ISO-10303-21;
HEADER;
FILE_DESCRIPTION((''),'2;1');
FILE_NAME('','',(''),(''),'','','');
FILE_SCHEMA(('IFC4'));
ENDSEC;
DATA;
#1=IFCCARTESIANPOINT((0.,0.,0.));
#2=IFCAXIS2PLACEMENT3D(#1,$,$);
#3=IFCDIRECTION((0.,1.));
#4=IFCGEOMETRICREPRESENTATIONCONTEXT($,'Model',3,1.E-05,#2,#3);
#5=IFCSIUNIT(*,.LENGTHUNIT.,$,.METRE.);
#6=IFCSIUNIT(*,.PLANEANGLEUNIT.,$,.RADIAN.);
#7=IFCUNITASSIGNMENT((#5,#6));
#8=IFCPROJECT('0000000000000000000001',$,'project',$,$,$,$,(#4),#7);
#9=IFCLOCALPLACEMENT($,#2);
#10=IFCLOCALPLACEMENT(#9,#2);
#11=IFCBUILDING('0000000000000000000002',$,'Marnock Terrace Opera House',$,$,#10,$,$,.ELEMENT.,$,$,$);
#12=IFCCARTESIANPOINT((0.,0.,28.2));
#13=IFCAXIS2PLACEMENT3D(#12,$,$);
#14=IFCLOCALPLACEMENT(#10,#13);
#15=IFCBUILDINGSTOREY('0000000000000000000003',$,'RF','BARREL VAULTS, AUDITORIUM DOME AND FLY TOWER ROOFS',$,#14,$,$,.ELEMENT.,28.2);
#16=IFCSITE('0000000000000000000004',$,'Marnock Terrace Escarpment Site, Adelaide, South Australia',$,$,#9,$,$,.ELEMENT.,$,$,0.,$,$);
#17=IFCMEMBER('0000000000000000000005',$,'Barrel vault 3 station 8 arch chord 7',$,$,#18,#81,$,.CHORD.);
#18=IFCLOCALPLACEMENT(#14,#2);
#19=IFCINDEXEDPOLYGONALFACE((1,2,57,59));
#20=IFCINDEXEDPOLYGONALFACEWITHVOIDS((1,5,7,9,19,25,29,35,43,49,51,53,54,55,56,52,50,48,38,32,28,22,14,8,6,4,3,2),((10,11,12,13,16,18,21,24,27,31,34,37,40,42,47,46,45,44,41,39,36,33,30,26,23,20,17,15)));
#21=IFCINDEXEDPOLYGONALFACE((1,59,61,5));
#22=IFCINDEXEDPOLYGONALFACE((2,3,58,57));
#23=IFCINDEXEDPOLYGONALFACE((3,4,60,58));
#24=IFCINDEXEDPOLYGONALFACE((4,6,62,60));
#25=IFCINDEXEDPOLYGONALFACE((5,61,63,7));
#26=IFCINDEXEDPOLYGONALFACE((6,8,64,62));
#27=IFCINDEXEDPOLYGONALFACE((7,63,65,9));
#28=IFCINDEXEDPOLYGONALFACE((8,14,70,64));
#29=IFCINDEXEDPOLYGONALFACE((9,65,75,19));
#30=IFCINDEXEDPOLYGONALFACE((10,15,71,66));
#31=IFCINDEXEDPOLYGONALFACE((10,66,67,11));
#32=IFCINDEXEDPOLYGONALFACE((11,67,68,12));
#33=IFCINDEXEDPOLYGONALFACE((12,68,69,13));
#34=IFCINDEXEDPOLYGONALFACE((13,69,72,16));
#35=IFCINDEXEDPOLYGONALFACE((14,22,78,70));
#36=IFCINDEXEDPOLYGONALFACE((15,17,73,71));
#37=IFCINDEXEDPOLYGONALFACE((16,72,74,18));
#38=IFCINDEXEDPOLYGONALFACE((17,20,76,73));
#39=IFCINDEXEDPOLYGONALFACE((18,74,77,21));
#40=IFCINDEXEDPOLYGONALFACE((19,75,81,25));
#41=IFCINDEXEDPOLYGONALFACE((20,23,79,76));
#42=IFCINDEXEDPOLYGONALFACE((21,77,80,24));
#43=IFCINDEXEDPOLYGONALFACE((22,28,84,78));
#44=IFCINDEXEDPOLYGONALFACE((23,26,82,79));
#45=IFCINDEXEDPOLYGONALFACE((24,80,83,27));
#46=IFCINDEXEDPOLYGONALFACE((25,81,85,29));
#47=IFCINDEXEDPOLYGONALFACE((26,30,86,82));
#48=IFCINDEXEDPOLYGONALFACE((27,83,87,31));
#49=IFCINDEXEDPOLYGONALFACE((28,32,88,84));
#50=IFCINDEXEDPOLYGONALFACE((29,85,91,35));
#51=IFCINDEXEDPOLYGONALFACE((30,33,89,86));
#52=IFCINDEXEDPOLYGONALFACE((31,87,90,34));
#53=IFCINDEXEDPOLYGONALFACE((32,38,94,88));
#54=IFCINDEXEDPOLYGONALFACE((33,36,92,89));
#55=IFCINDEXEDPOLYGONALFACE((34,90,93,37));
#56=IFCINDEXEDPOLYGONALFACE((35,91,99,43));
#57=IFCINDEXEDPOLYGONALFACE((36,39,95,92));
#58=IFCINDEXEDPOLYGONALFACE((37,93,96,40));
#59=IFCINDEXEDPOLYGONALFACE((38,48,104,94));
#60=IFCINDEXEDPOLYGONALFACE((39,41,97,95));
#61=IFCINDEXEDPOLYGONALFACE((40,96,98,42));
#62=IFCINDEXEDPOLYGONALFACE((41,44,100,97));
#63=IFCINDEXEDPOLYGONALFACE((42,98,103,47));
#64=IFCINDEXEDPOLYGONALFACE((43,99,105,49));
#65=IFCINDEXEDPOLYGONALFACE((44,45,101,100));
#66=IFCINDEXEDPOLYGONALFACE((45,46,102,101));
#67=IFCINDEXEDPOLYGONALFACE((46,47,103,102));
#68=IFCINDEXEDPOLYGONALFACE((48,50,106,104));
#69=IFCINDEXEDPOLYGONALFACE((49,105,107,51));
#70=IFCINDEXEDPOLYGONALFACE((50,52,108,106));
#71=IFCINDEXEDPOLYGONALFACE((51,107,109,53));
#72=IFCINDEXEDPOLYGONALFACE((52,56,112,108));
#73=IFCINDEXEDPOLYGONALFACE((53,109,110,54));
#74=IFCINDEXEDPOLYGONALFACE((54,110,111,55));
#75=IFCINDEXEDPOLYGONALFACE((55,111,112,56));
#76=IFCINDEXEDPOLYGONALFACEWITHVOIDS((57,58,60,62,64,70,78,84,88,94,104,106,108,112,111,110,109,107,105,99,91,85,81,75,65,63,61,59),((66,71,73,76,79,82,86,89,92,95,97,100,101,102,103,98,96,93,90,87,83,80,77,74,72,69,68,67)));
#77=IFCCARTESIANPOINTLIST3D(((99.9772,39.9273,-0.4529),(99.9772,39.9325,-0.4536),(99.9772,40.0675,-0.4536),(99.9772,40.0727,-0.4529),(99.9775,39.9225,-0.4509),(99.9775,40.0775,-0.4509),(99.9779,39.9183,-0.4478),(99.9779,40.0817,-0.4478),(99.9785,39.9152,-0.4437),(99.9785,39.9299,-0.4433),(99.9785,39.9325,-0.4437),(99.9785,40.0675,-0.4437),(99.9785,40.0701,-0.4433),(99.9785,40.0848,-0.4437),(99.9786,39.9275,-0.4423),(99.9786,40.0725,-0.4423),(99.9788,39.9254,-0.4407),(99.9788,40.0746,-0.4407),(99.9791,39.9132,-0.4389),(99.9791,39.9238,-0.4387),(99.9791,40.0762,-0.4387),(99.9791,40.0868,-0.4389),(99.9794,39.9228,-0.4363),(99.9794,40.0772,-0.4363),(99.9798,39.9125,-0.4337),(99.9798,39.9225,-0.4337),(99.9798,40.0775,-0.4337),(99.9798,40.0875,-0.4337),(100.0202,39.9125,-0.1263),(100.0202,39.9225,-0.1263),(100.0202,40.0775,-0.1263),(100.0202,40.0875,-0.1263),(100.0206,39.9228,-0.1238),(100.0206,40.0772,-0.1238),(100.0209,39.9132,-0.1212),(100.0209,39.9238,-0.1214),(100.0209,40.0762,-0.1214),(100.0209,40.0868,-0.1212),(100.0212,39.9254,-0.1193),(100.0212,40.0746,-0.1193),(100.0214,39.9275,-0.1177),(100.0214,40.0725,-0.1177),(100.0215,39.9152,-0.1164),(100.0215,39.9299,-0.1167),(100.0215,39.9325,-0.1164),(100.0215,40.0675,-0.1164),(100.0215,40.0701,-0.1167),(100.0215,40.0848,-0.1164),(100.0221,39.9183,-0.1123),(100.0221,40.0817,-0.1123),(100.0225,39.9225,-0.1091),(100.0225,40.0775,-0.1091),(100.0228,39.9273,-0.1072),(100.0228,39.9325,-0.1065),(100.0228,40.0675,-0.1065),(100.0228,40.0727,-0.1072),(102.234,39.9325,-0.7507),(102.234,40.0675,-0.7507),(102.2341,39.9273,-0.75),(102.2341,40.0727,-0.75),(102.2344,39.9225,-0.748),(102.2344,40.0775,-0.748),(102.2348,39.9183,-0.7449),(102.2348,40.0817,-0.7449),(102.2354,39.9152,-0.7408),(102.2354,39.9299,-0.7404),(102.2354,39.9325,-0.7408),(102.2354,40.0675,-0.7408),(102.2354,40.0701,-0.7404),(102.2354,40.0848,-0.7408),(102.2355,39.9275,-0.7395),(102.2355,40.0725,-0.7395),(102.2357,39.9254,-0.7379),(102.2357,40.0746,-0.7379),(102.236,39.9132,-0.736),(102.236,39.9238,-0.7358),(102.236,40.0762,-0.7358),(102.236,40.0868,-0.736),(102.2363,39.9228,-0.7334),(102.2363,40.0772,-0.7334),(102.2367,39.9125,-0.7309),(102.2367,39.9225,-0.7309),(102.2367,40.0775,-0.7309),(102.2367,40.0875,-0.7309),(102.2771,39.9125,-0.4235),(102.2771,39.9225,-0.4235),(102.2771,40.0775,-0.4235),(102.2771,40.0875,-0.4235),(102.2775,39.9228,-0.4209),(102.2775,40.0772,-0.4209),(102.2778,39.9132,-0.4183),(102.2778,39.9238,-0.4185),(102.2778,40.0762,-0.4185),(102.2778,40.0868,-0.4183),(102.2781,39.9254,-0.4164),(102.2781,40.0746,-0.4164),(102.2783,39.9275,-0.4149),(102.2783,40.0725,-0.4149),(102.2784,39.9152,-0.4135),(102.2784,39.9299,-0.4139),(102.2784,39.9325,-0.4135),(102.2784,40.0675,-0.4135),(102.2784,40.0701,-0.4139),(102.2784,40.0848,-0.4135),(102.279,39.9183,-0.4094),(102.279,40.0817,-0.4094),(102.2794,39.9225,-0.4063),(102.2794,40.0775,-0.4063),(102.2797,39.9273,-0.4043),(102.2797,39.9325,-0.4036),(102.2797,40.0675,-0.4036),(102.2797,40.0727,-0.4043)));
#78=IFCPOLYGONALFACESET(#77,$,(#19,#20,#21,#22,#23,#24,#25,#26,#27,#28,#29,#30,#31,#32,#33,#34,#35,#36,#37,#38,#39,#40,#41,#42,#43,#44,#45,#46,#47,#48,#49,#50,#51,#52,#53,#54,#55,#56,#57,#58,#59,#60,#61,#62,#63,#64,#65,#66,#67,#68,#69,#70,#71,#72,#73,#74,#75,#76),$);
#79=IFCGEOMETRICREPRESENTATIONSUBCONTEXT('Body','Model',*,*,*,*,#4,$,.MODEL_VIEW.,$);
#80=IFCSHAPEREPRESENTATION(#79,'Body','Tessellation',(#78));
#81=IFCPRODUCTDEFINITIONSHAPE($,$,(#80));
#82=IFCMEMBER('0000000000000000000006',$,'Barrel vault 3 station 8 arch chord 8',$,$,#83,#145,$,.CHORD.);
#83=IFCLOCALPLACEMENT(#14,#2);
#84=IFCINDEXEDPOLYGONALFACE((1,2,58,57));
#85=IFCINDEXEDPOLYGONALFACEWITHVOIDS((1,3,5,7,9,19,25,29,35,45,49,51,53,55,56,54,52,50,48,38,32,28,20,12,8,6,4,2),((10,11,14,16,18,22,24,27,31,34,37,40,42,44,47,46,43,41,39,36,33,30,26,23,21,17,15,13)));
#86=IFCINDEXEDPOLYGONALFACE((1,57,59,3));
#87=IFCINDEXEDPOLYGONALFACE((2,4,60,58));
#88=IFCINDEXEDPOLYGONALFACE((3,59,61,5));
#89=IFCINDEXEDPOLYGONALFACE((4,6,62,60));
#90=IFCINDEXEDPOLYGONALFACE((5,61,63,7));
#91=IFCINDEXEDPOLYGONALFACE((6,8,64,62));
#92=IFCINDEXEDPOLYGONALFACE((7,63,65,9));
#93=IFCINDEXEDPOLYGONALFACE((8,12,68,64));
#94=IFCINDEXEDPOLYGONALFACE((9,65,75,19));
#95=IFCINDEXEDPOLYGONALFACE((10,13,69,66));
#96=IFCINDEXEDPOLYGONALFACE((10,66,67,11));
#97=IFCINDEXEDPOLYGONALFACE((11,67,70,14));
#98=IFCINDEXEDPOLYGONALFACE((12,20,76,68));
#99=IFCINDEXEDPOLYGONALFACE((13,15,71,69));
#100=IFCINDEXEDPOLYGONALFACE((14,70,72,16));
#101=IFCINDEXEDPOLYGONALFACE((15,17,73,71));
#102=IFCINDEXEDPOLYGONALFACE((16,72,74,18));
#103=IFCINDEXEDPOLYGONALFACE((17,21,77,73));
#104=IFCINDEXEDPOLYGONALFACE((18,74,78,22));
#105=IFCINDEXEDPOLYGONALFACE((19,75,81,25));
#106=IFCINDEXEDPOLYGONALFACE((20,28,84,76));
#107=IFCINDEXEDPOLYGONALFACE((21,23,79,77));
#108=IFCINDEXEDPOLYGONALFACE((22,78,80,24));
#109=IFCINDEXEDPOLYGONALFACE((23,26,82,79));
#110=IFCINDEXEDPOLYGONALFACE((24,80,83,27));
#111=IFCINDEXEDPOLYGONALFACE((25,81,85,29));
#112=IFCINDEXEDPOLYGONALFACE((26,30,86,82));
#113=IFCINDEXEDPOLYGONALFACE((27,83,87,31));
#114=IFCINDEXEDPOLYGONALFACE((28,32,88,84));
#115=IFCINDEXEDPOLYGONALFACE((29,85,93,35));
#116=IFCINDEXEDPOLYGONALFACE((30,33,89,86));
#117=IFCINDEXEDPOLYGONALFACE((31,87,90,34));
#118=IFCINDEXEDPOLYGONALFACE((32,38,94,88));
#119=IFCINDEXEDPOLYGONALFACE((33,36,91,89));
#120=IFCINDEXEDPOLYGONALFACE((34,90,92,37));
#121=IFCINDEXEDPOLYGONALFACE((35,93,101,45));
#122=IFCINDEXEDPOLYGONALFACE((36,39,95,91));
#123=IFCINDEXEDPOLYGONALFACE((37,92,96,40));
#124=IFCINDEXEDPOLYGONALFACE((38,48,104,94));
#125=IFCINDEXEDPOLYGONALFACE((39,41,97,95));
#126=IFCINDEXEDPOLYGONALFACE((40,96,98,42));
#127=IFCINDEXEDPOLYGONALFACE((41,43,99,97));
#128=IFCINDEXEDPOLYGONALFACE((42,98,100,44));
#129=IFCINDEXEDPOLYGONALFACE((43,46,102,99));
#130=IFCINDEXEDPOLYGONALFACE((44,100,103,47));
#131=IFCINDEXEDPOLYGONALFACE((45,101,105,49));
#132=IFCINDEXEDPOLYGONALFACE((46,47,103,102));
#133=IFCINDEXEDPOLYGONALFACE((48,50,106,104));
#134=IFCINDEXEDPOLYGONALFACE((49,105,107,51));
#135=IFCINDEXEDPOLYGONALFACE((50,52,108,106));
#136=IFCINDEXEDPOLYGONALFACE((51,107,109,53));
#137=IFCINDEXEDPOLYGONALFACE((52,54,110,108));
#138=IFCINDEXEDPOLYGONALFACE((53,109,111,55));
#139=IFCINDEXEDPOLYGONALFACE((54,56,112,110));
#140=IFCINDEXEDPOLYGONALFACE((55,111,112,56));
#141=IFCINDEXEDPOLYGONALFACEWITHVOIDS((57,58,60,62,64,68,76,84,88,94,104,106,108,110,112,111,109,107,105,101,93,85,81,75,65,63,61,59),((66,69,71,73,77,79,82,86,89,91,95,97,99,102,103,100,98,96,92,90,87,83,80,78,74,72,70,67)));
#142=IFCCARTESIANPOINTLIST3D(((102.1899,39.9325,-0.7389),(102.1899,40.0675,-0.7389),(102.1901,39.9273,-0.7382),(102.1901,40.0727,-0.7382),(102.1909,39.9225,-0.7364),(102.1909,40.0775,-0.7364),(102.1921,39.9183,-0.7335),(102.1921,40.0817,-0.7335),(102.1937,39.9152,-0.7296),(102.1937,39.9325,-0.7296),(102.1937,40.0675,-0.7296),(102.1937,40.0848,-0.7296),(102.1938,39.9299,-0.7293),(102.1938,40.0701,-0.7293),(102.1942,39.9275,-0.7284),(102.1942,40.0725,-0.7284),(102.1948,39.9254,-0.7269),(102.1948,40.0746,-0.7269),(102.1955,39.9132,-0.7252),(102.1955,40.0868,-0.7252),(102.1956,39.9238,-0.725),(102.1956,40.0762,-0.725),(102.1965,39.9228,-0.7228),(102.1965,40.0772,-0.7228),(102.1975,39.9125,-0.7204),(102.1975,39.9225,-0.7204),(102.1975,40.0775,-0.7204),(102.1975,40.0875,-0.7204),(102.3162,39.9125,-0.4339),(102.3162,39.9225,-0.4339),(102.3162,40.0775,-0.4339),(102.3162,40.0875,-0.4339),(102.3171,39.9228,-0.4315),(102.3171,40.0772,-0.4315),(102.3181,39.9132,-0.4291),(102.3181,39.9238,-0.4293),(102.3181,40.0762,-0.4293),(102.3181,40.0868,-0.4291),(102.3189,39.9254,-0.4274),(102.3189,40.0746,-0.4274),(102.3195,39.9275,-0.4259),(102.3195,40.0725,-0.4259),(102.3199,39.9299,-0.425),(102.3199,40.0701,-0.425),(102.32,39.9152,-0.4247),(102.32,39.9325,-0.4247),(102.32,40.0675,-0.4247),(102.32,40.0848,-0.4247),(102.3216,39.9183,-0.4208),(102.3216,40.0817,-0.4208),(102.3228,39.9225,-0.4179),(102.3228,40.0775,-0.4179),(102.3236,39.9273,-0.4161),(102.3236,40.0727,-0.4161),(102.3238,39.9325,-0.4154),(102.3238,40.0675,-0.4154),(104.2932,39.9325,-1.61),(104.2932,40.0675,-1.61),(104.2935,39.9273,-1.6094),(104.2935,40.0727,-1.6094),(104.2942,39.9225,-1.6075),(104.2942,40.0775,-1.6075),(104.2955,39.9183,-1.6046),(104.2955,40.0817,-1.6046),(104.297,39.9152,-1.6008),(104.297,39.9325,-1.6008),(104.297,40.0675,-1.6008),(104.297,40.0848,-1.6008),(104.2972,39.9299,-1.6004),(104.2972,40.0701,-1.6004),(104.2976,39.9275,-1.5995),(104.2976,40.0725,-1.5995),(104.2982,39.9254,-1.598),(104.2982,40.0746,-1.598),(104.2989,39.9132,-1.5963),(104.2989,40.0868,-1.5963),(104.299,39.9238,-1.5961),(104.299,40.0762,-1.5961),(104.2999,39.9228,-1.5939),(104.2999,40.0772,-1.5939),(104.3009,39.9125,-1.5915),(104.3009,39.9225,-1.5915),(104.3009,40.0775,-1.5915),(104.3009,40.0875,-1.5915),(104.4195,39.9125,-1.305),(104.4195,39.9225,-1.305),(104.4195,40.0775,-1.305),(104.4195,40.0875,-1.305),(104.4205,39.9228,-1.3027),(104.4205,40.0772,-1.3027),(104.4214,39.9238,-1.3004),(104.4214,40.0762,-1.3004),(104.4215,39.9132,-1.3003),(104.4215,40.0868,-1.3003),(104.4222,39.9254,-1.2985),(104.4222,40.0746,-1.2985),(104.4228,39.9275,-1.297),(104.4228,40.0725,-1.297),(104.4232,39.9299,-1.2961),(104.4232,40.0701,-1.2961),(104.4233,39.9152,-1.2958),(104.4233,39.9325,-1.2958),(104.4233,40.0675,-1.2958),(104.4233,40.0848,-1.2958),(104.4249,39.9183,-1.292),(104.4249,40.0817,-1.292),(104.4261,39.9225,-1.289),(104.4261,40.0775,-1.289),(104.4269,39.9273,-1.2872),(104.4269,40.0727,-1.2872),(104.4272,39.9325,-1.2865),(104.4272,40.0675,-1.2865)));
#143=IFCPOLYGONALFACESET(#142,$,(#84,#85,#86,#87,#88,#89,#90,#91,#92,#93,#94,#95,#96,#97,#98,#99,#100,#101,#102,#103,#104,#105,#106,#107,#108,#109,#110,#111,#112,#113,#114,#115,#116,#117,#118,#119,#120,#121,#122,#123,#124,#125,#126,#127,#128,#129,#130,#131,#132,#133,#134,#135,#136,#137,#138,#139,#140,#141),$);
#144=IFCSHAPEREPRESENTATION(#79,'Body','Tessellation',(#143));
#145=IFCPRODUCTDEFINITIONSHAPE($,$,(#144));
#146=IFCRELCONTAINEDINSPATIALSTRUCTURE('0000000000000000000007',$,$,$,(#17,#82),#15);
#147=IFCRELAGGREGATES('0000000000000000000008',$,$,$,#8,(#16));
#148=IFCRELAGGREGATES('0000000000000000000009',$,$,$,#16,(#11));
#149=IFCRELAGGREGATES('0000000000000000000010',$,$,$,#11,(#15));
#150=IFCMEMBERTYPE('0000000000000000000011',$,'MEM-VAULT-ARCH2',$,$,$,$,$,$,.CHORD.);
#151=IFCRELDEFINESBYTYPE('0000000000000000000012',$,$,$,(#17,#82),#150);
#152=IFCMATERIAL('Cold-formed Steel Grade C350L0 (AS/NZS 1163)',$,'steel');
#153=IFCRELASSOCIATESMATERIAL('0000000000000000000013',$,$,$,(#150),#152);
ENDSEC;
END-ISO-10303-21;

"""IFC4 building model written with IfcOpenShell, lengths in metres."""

from ifc_helpers import new_model, si_unit, direction, frame, origin, origin_2d, place, context, subcontext, project, spatial, hollow_rectangle, extrude, material, material_profile, profile_set, type_object, element, save


model = new_model("IFC4")

# Units and contexts
model_context = context("Model", 3, precision=1e-05, world=origin(), true_north=direction((0.0, 1.0)))
body_context = subcontext(model_context, "Body", "Model", "MODEL_VIEW")
ifc_project = project(units=[si_unit("LENGTHUNIT", "METRE"), si_unit("PLANEANGLEUNIT", "RADIAN")], contexts=[model_context])

# Site, building, storey
site_placement = place(None, origin())
site = spatial("IfcSite", under=ifc_project, at=site_placement, Name="Marnock Terrace Escarpment Site, Adelaide, South Australia", CompositionType="ELEMENT", RefElevation=0.0)
building_placement = place(site_placement, origin())
building = spatial("IfcBuilding", under=site, at=building_placement, Name="Marnock Terrace Opera House", CompositionType="ELEMENT")
storey_placement = place(building_placement, frame((0.0, 0.0, 28.2)))
storey = spatial("IfcBuildingStorey", under=building, at=storey_placement, Name="RF", Description="BARREL VAULTS, AUDITORIUM DOME AND FLY TOWER ROOFS", CompositionType="ELEMENT", Elevation=28.2)

# Members
ifc_material_1 = material(Name="Cold-formed Steel Grade C350L0 (AS/NZS 1163)", Category="steel")
ifc_material_profile_1 = material_profile(ifc_material_1, hollow_rectangle(XDim=0.175, YDim=0.3501, WallThickness=0.01, InnerFilletRadius=0.01, OuterFilletRadius=0.02, at=origin_2d()))
ifc_profile_set_1 = profile_set([ifc_material_profile_1], Name="Cold-formed Steel Grade C350L0 (AS/NZS 1163)")
member_type_1 = type_object("IfcMemberType", Name="MEM-VAULT-ARCH2", PredefinedType="CHORD", material=ifc_profile_set_1)
for number, where, z_axis, x_axis, name in (
    (1, (100.0, 40.0, -0.28), (0.991445, 0.0, -0.130527), (0.0, 1.0, 0.0), "Barrel vault 3 station 8 arch chord 7"),
):
    element("IfcMember", number, at=place(storey_placement, frame(where, z_axis=z_axis, x_axis=x_axis)), inside=storey, type_object=member_type_1, Name=name, PredefinedType="CHORD", context=body_context, shape_type="SweptSolid", body=[
        extrude(hollow_rectangle(XDim=0.175, YDim=0.3501, WallThickness=0.01, InnerFilletRadius=0.01, OuterFilletRadius=0.02, at=origin_2d()), origin(), (0.0, 0.0, 1.0), 2.2764),
    ])
member_1_placement = place(storey_placement, frame((102.2568, 40.0, -0.5771), z_axis=(0.923897, 0.0, -0.382642), x_axis=(0.0, 1.0, 0.0)))
element("IfcMember", 2, at=member_1_placement, inside=storey, type_object=member_type_1, Name="Barrel vault 3 station 8 arch chord 8", PredefinedType="CHORD", context=body_context, shape_type="SweptSolid", body=[
    extrude(hollow_rectangle(XDim=0.175, YDim=0.3501, WallThickness=0.01, InnerFilletRadius=0.01, OuterFilletRadius=0.02, at=origin_2d()), origin(), (0.0, 0.0, 1.0), 2.2766),
])

save(model, "model.ifc")
